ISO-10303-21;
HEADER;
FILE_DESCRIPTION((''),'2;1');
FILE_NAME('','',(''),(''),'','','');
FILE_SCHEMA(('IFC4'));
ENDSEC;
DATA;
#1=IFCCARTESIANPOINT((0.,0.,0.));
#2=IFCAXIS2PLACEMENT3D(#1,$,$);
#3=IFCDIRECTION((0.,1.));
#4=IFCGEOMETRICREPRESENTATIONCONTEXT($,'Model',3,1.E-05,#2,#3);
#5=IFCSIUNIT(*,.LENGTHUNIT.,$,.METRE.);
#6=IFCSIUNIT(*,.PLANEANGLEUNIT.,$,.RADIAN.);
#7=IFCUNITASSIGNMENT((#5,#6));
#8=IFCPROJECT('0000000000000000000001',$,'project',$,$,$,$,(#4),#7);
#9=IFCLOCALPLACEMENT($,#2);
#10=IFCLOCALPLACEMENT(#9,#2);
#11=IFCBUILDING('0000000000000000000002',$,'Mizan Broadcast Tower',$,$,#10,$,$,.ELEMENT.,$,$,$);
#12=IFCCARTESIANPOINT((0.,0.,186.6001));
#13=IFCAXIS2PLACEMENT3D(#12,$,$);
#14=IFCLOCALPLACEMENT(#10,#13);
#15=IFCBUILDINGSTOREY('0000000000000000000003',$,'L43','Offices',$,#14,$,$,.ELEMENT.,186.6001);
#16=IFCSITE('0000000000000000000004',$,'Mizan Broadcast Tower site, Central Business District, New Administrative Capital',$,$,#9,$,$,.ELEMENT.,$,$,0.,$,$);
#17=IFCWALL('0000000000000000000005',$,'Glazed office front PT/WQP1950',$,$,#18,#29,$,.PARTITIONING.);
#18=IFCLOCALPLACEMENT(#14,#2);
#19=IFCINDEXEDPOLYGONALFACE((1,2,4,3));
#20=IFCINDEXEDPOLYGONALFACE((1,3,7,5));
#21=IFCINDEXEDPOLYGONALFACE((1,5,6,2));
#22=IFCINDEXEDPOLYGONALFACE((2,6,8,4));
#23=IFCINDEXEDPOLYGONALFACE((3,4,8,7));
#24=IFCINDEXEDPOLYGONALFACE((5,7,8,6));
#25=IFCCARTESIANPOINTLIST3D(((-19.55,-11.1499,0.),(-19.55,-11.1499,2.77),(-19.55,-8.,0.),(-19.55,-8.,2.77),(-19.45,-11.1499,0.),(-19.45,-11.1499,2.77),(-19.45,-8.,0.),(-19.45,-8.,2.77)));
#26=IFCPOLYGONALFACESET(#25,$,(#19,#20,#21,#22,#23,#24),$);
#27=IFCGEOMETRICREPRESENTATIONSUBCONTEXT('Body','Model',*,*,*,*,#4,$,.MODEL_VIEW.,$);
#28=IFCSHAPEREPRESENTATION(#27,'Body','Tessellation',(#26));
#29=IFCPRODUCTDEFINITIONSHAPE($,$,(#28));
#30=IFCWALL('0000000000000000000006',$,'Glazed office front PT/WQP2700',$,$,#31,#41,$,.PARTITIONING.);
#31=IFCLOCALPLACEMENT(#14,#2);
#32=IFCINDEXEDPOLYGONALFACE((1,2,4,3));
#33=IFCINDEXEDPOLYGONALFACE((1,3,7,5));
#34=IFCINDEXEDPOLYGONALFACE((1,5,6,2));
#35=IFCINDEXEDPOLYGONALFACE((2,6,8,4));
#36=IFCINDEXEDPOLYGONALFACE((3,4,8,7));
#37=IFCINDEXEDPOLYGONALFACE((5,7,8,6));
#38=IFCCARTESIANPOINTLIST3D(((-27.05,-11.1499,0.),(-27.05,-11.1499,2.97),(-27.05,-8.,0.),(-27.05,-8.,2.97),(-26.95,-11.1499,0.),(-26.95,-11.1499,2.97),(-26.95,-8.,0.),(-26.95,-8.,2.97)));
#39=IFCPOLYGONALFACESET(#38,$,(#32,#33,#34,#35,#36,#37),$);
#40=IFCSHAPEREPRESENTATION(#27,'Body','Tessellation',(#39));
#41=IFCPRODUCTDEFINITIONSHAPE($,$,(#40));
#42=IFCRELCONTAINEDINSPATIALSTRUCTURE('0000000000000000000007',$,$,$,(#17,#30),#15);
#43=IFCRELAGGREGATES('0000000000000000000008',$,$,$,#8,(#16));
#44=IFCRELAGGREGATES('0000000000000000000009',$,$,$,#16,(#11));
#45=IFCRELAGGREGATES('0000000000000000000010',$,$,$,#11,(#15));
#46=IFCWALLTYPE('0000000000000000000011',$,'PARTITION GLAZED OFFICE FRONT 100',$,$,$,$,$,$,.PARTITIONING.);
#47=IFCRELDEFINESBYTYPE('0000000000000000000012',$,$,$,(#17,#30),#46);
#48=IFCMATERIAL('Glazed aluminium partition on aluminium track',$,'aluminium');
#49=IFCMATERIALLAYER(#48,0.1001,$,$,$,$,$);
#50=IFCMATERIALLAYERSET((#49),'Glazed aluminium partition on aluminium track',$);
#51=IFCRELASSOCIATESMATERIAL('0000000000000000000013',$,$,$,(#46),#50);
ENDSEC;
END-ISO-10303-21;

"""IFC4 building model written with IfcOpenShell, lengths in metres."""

from ifc_helpers import new_model, si_unit, direction, frame, frame_2d, origin, place, context, subcontext, project, spatial, rectangle, extrude, material, layer, layer_set, type_object, element, save


model = new_model("IFC4")

# Units and contexts
model_context = context("Model", 3, precision=1e-05, world=origin(), true_north=direction((0.0, 1.0)))
body_context = subcontext(model_context, "Body", "Model", "MODEL_VIEW")
ifc_project = project(units=[si_unit("LENGTHUNIT", "METRE"), si_unit("PLANEANGLEUNIT", "RADIAN")], contexts=[model_context])

# Site, building, storey
site_placement = place(None, origin())
site = spatial("IfcSite", under=ifc_project, at=site_placement, Name="Mizan Broadcast Tower site, Central Business District, New Administrative Capital", CompositionType="ELEMENT", RefElevation=0.0)
building_placement = place(site_placement, origin())
building = spatial("IfcBuilding", under=site, at=building_placement, Name="Mizan Broadcast Tower", CompositionType="ELEMENT")
storey_placement = place(building_placement, frame((0.0, 0.0, 186.6001)))
storey = spatial("IfcBuildingStorey", under=building, at=storey_placement, Name="L43", Description="Offices", CompositionType="ELEMENT", Elevation=186.6001)

# Shared definitions
ifc_material_1 = material(Name="Glazed aluminium partition on aluminium track", Category="aluminium")
ifc_layer_1 = layer(ifc_material_1, 0.1001)
ifc_layer_set_1 = layer_set([ifc_layer_1], Name="Glazed aluminium partition on aluminium track")
wall_type_1 = type_object("IfcWallType", Name="PARTITION GLAZED OFFICE FRONT 100", PredefinedType="PARTITIONING", material=ifc_layer_set_1)

# Walls
wall_1_placement = place(storey_placement, frame((-19.5, -8.0, 0.0), z_axis=(0.0, 0.0, 1.0), x_axis=(0.0, -1.0, 0.0)))
element("IfcWall", 1, at=wall_1_placement, inside=storey, type_object=wall_type_1, Name="Glazed office front PT/WQP1950", PredefinedType="PARTITIONING", context=body_context, shape_type="SweptSolid", body=[
    extrude(rectangle(XDim=3.1499, YDim=0.1001, at=frame_2d((1.575, 0.0))), origin(), (0.0, 0.0, 1.0), 2.77),
])
wall_2_placement = place(storey_placement, frame((-27.0, -8.0, 0.0), z_axis=(0.0, 0.0, 1.0), x_axis=(0.0, -1.0, 0.0)))
element("IfcWall", 2, at=wall_2_placement, inside=storey, type_object=wall_type_1, Name="Glazed office front PT/WQP2700", PredefinedType="PARTITIONING", context=body_context, shape_type="SweptSolid", body=[
    extrude(rectangle(XDim=3.1499, YDim=0.1001, at=frame_2d((1.575, 0.0))), origin(), (0.0, 0.0, 1.0), 2.97),
])

save(model, "model.ifc")
